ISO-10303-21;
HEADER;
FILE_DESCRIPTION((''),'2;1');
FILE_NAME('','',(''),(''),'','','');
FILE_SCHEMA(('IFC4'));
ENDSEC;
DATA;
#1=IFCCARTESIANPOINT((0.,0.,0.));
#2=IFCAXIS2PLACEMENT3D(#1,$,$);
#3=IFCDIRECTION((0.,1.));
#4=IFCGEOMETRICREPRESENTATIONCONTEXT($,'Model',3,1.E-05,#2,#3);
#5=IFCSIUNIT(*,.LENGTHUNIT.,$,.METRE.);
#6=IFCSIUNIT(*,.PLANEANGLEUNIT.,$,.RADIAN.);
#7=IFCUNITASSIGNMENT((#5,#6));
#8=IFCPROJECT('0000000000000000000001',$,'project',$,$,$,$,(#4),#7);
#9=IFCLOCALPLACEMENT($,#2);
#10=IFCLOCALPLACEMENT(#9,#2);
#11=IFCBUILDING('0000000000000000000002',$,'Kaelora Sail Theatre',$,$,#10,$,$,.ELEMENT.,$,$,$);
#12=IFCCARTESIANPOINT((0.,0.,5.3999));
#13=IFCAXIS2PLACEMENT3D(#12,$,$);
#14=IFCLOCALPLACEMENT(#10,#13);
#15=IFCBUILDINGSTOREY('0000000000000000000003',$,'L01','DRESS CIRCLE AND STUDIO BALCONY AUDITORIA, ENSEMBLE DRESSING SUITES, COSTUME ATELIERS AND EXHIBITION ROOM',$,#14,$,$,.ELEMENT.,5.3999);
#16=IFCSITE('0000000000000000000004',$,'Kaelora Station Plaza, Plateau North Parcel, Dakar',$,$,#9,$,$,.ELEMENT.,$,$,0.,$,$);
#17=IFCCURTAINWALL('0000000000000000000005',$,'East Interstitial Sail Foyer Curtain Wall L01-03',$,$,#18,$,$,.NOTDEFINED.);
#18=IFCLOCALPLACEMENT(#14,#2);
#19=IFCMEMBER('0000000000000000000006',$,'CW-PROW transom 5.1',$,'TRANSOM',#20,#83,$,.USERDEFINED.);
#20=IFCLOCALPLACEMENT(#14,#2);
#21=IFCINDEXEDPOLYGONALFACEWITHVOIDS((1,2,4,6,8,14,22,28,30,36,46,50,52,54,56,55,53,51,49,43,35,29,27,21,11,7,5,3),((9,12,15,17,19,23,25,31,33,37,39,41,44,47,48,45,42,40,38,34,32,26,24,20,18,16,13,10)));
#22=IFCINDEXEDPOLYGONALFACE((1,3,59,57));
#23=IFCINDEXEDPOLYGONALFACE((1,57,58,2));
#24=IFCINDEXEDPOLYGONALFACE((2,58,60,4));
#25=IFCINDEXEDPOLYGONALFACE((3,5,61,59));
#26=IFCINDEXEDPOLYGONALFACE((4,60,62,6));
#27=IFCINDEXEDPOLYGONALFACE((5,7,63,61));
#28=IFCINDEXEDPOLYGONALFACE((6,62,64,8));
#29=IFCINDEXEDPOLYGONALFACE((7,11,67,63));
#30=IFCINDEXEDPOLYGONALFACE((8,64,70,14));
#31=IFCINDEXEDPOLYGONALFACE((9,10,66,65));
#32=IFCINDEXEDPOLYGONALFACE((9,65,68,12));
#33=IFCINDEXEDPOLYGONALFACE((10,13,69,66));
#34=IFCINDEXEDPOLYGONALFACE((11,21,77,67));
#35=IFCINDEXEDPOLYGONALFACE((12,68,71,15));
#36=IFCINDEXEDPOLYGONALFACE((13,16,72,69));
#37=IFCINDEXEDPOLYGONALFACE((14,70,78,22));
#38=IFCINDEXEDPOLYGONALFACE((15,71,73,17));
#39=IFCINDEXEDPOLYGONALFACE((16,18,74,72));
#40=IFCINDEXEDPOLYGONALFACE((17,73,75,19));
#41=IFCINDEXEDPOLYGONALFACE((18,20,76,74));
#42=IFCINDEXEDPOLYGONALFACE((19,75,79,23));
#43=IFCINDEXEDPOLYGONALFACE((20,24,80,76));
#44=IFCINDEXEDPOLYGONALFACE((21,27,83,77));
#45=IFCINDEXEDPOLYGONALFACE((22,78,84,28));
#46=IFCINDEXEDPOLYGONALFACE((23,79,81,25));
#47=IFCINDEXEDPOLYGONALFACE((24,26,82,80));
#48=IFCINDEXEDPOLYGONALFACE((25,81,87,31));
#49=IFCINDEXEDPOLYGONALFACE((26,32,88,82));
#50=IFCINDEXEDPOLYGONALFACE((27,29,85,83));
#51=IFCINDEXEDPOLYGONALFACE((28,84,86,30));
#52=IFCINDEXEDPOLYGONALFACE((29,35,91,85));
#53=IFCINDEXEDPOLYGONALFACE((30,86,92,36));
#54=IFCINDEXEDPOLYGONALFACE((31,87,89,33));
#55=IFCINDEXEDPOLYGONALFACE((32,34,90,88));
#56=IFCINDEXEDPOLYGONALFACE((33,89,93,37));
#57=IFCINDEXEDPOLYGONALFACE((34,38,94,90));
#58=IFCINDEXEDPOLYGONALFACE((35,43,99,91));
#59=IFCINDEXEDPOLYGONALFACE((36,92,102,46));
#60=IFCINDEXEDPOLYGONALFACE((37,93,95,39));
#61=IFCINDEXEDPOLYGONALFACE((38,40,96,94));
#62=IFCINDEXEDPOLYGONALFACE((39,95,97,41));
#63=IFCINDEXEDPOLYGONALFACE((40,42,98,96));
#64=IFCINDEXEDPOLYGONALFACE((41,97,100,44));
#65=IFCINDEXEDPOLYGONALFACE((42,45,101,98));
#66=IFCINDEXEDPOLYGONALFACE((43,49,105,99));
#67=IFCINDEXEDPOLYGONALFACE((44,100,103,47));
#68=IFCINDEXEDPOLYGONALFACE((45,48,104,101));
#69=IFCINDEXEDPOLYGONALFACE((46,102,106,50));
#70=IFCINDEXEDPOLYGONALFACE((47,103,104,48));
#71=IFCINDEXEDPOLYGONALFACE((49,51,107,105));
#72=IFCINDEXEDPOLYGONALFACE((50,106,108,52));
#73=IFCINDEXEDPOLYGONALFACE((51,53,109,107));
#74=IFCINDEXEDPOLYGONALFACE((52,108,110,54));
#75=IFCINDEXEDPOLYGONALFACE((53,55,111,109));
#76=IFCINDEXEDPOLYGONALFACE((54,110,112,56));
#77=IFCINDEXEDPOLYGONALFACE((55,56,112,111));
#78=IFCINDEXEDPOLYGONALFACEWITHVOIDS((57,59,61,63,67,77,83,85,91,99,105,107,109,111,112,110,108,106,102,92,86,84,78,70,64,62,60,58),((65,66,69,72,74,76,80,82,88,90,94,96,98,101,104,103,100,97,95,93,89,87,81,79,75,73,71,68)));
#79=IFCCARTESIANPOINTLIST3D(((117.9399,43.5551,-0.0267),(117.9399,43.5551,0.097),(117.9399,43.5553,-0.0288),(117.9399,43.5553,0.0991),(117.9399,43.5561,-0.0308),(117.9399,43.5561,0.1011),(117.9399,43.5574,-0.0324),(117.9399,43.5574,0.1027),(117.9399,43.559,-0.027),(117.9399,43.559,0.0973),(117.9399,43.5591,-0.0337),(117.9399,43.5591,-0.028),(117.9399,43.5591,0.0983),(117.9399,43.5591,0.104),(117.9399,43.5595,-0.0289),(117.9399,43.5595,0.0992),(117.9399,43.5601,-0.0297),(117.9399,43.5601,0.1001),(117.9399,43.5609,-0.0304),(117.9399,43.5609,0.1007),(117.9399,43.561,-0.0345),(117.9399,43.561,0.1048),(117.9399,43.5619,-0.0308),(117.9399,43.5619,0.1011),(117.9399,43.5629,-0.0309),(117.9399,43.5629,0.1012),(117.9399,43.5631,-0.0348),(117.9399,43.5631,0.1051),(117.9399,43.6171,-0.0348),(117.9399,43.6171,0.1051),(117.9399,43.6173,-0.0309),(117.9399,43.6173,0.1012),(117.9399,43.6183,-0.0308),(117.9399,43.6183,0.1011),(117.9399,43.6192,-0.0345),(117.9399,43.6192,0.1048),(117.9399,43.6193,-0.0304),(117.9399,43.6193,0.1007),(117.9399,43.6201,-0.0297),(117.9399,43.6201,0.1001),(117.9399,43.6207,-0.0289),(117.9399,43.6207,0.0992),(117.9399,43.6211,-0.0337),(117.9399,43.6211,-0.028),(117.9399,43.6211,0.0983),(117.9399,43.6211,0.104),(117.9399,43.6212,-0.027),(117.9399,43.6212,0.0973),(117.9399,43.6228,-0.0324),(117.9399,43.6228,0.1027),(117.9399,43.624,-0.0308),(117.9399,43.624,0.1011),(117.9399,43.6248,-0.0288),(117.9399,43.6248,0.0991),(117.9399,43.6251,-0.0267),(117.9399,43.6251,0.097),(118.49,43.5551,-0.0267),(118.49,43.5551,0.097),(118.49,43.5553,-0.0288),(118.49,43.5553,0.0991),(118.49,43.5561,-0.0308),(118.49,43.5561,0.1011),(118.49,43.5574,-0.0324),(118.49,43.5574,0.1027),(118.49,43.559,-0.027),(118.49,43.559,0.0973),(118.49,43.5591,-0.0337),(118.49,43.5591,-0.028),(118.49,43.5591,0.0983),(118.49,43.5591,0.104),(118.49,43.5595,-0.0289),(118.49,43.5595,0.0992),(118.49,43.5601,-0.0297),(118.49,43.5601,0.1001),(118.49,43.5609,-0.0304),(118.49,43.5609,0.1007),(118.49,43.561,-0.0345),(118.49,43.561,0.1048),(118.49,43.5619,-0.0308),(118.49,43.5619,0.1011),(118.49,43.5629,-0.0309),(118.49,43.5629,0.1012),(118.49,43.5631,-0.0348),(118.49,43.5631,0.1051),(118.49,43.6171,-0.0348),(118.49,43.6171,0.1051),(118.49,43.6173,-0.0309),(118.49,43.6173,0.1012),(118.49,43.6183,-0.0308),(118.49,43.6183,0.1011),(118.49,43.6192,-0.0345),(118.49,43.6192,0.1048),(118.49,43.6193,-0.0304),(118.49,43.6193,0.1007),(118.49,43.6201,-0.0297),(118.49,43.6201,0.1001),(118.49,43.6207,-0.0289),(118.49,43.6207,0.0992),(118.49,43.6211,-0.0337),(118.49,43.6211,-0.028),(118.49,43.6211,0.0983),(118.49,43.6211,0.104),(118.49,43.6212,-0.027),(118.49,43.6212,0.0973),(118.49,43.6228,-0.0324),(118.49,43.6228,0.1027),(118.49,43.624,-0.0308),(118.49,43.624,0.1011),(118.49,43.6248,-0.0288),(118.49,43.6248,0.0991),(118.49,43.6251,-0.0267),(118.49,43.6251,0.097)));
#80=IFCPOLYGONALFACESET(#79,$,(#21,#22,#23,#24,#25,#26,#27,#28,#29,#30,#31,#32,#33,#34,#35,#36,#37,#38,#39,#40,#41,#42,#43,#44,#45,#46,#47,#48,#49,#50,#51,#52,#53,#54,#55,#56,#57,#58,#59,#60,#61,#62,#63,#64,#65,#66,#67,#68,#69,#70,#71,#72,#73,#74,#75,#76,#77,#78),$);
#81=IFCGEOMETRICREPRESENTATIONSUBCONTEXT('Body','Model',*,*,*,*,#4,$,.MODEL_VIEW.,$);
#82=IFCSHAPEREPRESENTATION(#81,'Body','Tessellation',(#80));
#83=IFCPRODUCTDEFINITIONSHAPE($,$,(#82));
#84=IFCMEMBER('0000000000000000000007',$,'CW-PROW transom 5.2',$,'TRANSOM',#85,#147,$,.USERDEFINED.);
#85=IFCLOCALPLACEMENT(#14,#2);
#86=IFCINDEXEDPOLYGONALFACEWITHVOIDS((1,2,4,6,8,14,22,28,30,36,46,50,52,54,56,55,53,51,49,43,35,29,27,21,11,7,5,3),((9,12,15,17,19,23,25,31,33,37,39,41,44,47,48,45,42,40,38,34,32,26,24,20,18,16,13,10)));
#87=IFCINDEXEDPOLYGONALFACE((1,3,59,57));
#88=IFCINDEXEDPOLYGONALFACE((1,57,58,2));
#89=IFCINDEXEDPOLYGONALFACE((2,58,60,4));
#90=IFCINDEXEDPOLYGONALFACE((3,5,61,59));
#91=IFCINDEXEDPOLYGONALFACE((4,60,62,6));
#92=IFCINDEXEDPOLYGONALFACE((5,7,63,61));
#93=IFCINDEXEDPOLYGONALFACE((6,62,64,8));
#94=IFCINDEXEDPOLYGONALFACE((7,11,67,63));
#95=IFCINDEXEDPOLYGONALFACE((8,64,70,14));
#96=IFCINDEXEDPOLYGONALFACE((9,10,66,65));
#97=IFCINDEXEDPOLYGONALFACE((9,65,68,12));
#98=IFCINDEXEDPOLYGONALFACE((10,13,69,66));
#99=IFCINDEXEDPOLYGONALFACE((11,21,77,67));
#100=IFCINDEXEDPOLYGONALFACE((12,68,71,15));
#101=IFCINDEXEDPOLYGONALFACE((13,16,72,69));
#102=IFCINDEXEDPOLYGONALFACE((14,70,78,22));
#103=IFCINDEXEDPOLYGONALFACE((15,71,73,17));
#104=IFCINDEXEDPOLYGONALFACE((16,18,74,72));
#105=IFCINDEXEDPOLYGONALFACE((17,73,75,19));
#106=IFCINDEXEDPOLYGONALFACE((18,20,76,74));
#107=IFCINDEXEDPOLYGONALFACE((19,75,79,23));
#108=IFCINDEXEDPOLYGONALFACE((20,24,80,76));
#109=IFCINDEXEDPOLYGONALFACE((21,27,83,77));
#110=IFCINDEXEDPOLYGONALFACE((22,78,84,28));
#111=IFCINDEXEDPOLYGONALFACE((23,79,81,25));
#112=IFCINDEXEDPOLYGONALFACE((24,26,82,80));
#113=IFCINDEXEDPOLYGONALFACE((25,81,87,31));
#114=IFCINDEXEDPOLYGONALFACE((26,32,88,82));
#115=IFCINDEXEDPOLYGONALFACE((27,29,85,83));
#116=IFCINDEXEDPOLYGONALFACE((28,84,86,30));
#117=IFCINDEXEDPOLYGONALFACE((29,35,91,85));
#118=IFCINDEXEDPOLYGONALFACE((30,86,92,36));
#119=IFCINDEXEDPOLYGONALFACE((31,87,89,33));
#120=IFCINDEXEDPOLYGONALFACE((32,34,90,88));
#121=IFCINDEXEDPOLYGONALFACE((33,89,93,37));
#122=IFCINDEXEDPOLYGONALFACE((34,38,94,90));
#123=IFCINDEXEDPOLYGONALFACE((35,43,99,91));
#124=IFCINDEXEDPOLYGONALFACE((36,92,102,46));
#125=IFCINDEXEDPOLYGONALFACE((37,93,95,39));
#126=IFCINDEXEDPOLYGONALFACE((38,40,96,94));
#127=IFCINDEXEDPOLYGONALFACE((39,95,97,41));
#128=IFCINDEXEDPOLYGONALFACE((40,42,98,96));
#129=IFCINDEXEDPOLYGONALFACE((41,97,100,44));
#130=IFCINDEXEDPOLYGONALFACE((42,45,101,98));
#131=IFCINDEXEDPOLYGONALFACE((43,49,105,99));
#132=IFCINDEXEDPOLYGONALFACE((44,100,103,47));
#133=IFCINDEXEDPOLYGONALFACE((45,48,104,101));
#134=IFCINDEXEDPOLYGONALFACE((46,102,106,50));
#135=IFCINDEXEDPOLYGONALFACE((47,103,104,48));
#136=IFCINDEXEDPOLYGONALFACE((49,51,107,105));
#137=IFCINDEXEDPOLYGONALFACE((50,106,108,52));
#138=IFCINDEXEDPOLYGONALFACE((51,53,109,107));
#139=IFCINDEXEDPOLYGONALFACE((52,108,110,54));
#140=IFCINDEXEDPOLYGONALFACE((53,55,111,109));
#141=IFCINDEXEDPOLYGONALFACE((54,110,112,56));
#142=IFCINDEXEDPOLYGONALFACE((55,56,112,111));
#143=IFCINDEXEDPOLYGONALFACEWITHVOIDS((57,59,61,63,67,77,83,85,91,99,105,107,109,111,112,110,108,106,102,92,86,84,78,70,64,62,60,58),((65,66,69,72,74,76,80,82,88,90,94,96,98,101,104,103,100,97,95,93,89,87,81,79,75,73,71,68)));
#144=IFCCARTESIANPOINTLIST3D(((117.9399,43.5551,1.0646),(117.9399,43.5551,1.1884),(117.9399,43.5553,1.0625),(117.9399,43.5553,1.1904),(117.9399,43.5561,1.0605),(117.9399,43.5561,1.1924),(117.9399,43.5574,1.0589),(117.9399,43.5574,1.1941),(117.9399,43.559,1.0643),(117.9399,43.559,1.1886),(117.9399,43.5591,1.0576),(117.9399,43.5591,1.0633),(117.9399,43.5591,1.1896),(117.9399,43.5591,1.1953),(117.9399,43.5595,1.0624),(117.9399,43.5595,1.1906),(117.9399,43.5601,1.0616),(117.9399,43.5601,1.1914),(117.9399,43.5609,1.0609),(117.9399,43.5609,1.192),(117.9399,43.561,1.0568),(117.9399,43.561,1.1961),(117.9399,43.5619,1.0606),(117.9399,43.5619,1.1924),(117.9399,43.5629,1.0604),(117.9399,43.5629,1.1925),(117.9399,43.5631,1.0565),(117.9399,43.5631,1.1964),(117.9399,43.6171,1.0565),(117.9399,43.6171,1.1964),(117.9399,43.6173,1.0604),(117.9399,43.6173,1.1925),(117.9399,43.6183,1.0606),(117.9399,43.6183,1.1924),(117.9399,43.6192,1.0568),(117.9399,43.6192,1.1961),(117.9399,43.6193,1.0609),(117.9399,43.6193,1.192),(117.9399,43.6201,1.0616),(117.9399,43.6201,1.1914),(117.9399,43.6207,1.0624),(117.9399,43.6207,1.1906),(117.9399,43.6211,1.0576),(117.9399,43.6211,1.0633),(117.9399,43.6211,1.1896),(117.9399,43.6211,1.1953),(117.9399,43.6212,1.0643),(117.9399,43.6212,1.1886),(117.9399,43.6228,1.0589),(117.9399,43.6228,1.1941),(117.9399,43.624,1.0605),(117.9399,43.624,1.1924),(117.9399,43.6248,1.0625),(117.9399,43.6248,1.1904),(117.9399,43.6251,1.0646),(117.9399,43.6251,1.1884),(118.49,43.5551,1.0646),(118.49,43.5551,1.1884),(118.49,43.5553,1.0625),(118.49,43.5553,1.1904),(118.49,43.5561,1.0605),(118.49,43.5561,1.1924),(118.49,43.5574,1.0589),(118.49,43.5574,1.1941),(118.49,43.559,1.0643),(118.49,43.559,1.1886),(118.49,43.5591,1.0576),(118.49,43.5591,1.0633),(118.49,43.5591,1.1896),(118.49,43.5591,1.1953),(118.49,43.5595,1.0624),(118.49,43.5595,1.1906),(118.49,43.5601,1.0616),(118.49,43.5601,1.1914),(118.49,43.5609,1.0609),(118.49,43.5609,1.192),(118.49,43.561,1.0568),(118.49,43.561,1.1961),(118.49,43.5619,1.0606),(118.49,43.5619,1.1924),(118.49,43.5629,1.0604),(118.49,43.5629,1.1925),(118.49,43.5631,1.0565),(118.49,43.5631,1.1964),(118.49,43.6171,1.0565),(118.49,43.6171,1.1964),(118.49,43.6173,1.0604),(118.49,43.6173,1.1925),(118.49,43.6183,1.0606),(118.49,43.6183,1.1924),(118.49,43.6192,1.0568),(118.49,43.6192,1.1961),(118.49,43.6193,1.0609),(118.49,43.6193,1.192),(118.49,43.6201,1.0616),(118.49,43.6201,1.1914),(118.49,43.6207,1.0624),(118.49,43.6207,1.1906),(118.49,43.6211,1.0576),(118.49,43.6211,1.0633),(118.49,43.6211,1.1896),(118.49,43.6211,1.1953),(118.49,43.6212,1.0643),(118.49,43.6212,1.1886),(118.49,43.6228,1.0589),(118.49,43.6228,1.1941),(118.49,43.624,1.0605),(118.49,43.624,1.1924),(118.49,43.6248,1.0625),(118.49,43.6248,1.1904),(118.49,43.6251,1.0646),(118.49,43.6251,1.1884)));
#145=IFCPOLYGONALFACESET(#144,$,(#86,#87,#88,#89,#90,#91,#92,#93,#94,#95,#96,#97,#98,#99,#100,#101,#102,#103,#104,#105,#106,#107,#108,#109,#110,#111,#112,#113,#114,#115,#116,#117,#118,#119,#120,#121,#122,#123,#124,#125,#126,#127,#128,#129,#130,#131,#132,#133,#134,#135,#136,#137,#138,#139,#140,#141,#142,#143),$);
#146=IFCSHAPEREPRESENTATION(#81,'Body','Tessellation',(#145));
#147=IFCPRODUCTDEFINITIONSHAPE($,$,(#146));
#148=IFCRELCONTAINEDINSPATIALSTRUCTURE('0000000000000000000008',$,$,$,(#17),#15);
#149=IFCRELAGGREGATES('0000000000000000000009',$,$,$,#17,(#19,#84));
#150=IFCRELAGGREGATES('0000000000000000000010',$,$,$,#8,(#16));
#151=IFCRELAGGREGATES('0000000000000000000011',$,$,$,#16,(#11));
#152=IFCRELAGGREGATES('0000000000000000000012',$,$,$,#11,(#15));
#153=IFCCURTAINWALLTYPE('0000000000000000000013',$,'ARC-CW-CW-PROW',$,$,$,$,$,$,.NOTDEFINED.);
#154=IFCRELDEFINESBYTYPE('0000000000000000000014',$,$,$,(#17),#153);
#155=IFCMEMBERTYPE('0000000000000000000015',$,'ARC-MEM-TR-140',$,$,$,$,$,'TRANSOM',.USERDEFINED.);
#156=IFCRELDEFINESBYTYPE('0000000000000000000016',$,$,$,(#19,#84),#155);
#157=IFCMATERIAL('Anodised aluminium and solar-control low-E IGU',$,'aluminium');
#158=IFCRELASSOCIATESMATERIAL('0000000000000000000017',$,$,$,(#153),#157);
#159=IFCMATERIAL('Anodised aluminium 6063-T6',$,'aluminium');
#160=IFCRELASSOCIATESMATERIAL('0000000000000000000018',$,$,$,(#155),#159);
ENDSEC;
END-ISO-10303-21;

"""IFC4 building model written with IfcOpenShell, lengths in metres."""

from ifc_helpers import new_model, si_unit, direction, frame, origin, origin_2d, place, context, subcontext, project, spatial, hollow_rectangle, extrude, material, material_profile, profile_set, type_object, element, aggregate, save


model = new_model("IFC4")

# Units and contexts
model_context = context("Model", 3, precision=1e-05, world=origin(), true_north=direction((0.0, 1.0)))
body_context = subcontext(model_context, "Body", "Model", "MODEL_VIEW")
ifc_project = project(units=[si_unit("LENGTHUNIT", "METRE"), si_unit("PLANEANGLEUNIT", "RADIAN")], contexts=[model_context])

# Site, building, storey
site_placement = place(None, origin())
site = spatial("IfcSite", under=ifc_project, at=site_placement, Name="Kaelora Station Plaza, Plateau North Parcel, Dakar", CompositionType="ELEMENT", RefElevation=0.0)
building_placement = place(site_placement, origin())
building = spatial("IfcBuilding", under=site, at=building_placement, Name="Kaelora Sail Theatre", CompositionType="ELEMENT")
storey_placement = place(building_placement, frame((0.0, 0.0, 5.3999)))
storey = spatial("IfcBuildingStorey", under=building, at=storey_placement, Name="L01", Description="DRESS CIRCLE AND STUDIO BALCONY AUDITORIA, ENSEMBLE DRESSING SUITES, COSTUME ATELIERS AND EXHIBITION ROOM", CompositionType="ELEMENT", Elevation=5.3999)

# Curtain wall, members
ifc_material_1 = material(Name="Anodised aluminium and solar-control low-E IGU", Category="aluminium")
curtain_wall_type = type_object("IfcCurtainWallType", Name="ARC-CW-CW-PROW", PredefinedType="NOTDEFINED", material=ifc_material_1)
curtain_wall_placement = place(storey_placement, origin())
curtain_wall = element("IfcCurtainWall", 1, at=curtain_wall_placement, inside=storey, type_object=curtain_wall_type, Name="East Interstitial Sail Foyer Curtain Wall L01-03", PredefinedType="NOTDEFINED")
ifc_material_2 = material(Name="Anodised aluminium 6063-T6", Category="aluminium")
ifc_material_profile_1 = material_profile(ifc_material_2, hollow_rectangle(XDim=0.0701, YDim=0.1399, WallThickness=0.0039, InnerFilletRadius=0.0039, OuterFilletRadius=0.0081, at=origin_2d()), Name="ALU-TRAN 70x140x4")
ifc_profile_set_1 = profile_set([ifc_material_profile_1], Name="Anodised aluminium 6063-T6")
member_type_1 = type_object("IfcMemberType", Name="ARC-MEM-TR-140", ElementType="TRANSOM", PredefinedType="USERDEFINED", material=ifc_profile_set_1)
member_1_placement = place(storey_placement, frame((117.9399, 43.5901, 0.0352), z_axis=(1.0, 0.0, 0.0), x_axis=(0.0, 1.0, 0.0)))
member_1 = element("IfcMember", 2, at=member_1_placement, type_object=member_type_1, Name="CW-PROW transom 5.1", ObjectType="TRANSOM", PredefinedType="USERDEFINED", context=body_context, shape_type="SweptSolid", body=[
    extrude(hollow_rectangle(XDim=0.0701, YDim=0.1399, WallThickness=0.0039, InnerFilletRadius=0.0039, OuterFilletRadius=0.0081, at=origin_2d()), origin(), (0.0, 0.0, 1.0), 0.55),
])
member_2_placement = place(storey_placement, frame((117.9399, 43.5901, 1.1265), z_axis=(1.0, 0.0, 0.0), x_axis=(0.0, 1.0, 0.0)))
member_2 = element("IfcMember", 3, at=member_2_placement, type_object=member_type_1, Name="CW-PROW transom 5.2", ObjectType="TRANSOM", PredefinedType="USERDEFINED", context=body_context, shape_type="SweptSolid", body=[
    extrude(hollow_rectangle(XDim=0.0701, YDim=0.1399, WallThickness=0.0039, InnerFilletRadius=0.0039, OuterFilletRadius=0.0081, at=origin_2d()), origin(), (0.0, 0.0, 1.0), 0.55),
])

aggregate(curtain_wall, [member_1, member_2])

save(model, "model.ifc")
